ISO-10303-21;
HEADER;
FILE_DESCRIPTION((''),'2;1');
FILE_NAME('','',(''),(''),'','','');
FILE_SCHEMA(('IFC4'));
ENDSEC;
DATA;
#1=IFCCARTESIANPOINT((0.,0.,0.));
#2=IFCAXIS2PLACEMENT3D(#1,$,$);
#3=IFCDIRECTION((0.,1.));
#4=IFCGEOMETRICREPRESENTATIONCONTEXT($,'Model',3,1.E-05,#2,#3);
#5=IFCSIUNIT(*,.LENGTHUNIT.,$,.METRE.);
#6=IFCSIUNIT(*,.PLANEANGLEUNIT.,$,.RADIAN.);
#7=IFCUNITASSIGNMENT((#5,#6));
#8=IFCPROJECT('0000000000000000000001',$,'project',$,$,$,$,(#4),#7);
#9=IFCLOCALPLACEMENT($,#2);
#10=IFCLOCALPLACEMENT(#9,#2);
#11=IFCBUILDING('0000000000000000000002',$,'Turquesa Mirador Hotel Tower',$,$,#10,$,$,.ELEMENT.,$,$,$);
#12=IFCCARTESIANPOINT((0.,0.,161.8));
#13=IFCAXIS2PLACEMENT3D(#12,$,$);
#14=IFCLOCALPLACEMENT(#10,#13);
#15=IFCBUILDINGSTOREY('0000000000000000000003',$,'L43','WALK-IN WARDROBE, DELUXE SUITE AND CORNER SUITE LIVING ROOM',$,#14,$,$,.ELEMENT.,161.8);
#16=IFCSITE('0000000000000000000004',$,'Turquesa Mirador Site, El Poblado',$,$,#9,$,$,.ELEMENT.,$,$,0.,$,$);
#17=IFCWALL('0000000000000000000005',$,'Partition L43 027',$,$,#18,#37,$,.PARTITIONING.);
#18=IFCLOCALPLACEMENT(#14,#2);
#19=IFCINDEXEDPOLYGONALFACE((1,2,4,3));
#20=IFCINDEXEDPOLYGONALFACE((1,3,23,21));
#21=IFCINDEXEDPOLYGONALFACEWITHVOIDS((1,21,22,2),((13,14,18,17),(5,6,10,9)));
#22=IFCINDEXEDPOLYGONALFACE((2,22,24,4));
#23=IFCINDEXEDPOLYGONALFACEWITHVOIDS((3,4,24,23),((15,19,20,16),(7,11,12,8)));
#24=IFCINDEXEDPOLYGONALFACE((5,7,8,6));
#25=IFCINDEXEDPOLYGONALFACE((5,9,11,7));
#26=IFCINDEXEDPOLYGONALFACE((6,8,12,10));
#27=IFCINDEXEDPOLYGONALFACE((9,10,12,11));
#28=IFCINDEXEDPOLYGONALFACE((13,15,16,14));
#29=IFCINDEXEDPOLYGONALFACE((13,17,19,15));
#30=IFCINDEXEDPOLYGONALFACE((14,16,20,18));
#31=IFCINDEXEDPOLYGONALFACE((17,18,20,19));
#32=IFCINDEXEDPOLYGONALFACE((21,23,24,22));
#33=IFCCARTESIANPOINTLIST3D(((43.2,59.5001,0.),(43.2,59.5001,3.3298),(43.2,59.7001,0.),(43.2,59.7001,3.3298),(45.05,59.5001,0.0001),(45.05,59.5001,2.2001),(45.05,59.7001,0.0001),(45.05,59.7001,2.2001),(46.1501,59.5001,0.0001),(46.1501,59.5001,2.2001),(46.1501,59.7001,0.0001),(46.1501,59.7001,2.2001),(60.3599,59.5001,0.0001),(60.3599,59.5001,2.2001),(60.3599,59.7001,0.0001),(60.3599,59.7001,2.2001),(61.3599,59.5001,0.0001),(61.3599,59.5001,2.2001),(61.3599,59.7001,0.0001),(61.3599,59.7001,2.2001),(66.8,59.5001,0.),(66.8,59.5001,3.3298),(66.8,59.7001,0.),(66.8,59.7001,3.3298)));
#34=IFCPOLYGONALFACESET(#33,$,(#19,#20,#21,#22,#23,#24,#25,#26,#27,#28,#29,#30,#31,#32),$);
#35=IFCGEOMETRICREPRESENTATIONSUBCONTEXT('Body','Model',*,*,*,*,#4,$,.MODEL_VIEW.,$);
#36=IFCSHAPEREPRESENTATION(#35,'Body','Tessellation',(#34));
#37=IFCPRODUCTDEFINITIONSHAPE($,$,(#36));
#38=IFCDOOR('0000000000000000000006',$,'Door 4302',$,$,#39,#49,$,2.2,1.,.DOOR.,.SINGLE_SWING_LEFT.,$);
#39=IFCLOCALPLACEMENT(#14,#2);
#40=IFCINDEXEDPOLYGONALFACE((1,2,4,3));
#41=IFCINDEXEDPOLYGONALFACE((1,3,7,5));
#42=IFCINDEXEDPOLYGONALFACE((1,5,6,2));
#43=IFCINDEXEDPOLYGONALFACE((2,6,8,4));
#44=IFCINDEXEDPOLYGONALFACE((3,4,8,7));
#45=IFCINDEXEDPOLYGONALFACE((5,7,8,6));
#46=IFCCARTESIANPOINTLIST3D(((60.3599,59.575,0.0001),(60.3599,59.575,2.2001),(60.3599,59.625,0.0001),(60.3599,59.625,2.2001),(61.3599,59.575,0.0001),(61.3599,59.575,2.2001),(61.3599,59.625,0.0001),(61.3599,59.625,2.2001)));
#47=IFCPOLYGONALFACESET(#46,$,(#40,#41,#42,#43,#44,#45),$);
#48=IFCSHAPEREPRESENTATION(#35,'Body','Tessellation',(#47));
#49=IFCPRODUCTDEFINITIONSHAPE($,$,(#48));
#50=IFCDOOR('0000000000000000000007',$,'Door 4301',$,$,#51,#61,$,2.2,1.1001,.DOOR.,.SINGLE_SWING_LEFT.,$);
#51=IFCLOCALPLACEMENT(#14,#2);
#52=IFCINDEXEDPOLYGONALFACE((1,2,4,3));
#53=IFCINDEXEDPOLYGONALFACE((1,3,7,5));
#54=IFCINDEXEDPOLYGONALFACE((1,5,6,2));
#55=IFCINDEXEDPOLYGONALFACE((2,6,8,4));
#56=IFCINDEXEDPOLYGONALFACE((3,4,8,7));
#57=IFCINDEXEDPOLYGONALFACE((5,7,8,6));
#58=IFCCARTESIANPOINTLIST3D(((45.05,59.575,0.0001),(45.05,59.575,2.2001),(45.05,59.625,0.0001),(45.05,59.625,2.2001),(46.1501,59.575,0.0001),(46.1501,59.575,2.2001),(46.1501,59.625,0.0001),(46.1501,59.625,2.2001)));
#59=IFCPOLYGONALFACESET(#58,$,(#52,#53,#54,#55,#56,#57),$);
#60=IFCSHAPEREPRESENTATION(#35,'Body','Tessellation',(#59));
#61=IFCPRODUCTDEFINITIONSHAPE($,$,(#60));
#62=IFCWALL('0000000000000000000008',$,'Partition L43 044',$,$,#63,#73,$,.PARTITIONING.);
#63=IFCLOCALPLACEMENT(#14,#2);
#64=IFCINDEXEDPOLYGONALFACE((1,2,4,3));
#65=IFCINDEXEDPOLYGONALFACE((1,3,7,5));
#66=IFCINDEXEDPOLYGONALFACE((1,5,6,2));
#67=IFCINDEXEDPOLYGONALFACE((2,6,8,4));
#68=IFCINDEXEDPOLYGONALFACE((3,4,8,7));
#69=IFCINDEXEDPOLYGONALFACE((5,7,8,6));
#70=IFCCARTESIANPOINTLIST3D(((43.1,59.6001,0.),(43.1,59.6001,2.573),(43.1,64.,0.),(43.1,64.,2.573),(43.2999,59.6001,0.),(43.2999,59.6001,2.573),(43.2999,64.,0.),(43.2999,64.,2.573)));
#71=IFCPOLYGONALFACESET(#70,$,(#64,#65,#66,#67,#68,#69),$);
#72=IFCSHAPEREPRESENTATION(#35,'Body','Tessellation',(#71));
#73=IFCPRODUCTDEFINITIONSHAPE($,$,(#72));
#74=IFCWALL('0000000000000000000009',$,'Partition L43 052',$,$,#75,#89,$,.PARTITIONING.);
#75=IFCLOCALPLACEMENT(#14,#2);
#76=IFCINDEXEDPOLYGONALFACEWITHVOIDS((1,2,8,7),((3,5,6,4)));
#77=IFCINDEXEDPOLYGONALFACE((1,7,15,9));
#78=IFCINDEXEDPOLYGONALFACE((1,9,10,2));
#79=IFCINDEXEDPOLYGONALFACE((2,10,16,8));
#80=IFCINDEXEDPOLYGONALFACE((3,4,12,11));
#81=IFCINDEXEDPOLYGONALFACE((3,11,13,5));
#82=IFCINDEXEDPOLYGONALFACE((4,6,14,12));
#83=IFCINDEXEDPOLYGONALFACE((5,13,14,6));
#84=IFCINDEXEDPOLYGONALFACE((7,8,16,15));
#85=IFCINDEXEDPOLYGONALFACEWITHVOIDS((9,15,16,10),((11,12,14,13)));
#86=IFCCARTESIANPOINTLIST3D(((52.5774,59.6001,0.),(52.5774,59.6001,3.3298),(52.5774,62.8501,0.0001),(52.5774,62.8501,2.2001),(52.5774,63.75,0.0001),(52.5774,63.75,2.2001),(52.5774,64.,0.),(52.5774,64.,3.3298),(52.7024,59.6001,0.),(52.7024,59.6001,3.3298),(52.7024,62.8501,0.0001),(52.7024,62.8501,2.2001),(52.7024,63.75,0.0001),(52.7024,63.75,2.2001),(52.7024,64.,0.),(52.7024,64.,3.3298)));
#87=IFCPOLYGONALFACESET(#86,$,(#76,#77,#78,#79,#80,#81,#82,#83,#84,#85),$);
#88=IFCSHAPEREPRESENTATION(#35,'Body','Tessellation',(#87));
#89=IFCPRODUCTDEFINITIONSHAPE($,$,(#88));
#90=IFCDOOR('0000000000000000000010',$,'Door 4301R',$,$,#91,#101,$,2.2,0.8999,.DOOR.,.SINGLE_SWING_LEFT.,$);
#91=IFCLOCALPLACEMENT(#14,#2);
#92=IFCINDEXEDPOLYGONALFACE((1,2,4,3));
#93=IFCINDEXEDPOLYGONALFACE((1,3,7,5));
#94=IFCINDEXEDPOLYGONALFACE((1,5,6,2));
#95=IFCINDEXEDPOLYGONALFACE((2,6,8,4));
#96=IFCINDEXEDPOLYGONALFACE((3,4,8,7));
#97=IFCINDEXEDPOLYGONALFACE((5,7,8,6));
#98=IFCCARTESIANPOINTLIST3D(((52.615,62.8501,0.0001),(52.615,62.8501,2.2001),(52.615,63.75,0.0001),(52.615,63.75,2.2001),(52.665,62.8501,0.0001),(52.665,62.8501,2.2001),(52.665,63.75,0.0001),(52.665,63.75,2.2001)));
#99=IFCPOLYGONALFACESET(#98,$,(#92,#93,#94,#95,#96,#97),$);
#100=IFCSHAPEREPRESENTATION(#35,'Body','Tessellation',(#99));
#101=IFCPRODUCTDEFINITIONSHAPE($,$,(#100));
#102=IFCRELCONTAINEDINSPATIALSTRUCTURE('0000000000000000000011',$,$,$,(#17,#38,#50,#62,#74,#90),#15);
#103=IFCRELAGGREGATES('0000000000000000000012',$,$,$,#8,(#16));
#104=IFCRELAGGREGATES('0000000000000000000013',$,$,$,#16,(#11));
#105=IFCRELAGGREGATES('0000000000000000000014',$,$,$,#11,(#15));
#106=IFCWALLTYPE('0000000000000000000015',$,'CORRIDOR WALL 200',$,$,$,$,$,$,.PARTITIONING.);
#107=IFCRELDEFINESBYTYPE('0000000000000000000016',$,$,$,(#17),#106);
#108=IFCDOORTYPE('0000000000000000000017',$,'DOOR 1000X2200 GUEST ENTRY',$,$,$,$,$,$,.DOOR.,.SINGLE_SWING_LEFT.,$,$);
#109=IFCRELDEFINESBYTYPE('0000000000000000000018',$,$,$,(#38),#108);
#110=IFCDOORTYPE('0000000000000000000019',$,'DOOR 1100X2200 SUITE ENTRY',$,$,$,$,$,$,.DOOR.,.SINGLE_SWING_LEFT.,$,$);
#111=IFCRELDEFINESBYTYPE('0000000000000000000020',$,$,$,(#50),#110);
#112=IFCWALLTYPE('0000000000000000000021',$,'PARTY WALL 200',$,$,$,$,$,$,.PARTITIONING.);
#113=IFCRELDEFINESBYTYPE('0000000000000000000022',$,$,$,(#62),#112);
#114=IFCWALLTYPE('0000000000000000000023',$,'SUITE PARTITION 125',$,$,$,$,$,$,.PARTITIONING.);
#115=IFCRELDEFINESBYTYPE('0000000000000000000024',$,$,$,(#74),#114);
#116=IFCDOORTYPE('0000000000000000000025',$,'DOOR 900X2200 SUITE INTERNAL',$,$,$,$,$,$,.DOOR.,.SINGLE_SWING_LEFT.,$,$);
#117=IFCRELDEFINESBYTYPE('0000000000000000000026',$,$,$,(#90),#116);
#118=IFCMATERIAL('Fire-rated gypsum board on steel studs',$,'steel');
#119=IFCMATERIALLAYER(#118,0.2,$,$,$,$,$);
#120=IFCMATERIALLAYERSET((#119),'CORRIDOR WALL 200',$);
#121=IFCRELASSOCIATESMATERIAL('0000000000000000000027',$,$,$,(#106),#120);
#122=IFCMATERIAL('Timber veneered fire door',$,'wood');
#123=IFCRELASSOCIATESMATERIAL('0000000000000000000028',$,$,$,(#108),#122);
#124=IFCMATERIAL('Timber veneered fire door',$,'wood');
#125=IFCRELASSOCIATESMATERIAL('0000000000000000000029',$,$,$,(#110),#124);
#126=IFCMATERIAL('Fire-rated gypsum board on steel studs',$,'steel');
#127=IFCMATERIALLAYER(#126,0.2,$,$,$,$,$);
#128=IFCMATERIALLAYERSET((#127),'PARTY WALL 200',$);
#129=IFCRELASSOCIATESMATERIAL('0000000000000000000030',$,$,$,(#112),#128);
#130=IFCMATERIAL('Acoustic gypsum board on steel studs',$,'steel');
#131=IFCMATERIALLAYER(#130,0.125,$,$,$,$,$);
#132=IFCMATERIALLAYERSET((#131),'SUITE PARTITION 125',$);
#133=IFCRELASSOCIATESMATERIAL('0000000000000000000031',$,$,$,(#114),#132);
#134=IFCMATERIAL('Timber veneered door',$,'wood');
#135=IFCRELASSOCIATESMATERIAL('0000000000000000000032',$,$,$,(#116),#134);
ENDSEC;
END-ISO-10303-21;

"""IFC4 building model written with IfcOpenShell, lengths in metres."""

from ifc_helpers import new_model, si_unit, direction, frame, frame_2d, origin, place, context, subcontext, project, spatial, rectangle, extrude, material, layer, layer_set, type_object, element, fill, save


model = new_model("IFC4")

# Units and contexts
model_context = context("Model", 3, precision=1e-05, world=origin(), true_north=direction((0.0, 1.0)))
body_context = subcontext(model_context, "Body", "Model", "MODEL_VIEW")
ifc_project = project(units=[si_unit("LENGTHUNIT", "METRE"), si_unit("PLANEANGLEUNIT", "RADIAN")], contexts=[model_context])

# Site, building, storey
site_placement = place(None, origin())
site = spatial("IfcSite", under=ifc_project, at=site_placement, Name="Turquesa Mirador Site, El Poblado", CompositionType="ELEMENT", RefElevation=0.0)
building_placement = place(site_placement, origin())
building = spatial("IfcBuilding", under=site, at=building_placement, Name="Turquesa Mirador Hotel Tower", CompositionType="ELEMENT")
storey_placement = place(building_placement, frame((0.0, 0.0, 161.8)))
storey = spatial("IfcBuildingStorey", under=building, at=storey_placement, Name="L43", Description="WALK-IN WARDROBE, DELUXE SUITE AND CORNER SUITE LIVING ROOM", CompositionType="ELEMENT", Elevation=161.8)

# Wall, openings, doors
ifc_material_1 = material(Name="Fire-rated gypsum board on steel studs", Category="steel")
ifc_layer_1 = layer(ifc_material_1, 0.2)
ifc_layer_set_1 = layer_set([ifc_layer_1], Name="CORRIDOR WALL 200")
wall_type_1 = type_object("IfcWallType", Name="CORRIDOR WALL 200", PredefinedType="PARTITIONING", material=ifc_layer_set_1)
wall_1_placement = place(storey_placement, frame((43.2, 59.6001, 0.0), z_axis=(0.0, 0.0, 1.0), x_axis=(1.0, 0.0, 0.0)))
wall_1 = element("IfcWall", 1, at=wall_1_placement, inside=storey, type_object=wall_type_1, Name="Partition L43 027", PredefinedType="PARTITIONING", context=body_context, shape_type="SweptSolid", body=[
    extrude(rectangle(XDim=23.6001, YDim=0.2, at=frame_2d((11.8, 0.0))), origin(), (0.0, 0.0, 1.0), 3.3298),
])
opening_1_placement = place(wall_1_placement, frame((1.8501, 0.0, 0.0)))
opening_1 = element("IfcOpeningElement", 2, at=opening_1_placement, cuts=wall_1, PredefinedType="OPENING", context=body_context, shape_type="SweptSolid", body=[
    extrude(rectangle(XDim=1.1001, YDim=2.2, at=frame_2d((0.55, 1.1001))), frame((0.0, 0.1099, 0.0), z_axis=(0.0, -1.0, 0.0), x_axis=(1.0, 0.0, 0.0)), (0.0, 0.0, 1.0), 0.22),
])
opening_2_placement = place(wall_1_placement, frame((17.1599, 0.0, 0.0)))
opening_2 = element("IfcOpeningElement", 3, at=opening_2_placement, cuts=wall_1, PredefinedType="OPENING", context=body_context, shape_type="SweptSolid", body=[
    extrude(rectangle(XDim=1.0, YDim=2.2, at=frame_2d((0.5, 1.1001))), frame((0.0, 0.1099, 0.0), z_axis=(0.0, -1.0, 0.0), x_axis=(1.0, 0.0, 0.0)), (0.0, 0.0, 1.0), 0.22),
])
ifc_material_2 = material(Name="Timber veneered fire door", Category="wood")
door_type_1 = type_object("IfcDoorType", Name="DOOR 1000X2200 GUEST ENTRY", OperationType="SINGLE_SWING_LEFT", PredefinedType="DOOR", material=ifc_material_2)
door_1_placement = place(opening_2_placement, origin())
door_1 = element("IfcDoor", 4, at=door_1_placement, inside=storey, type_object=door_type_1, Name="Door 4302", OperationType="SINGLE_SWING_LEFT", OverallHeight=2.2, OverallWidth=1.0, PredefinedType="DOOR", context=body_context, shape_type="SweptSolid", body=[
    extrude(rectangle(XDim=1.0, YDim=2.2, at=frame_2d((0.5, 1.1001))), frame((0.0, 0.0249, 0.0), z_axis=(0.0, -1.0, 0.0), x_axis=(1.0, 0.0, 0.0)), (0.0, 0.0, 1.0), 0.05),
])
fill(opening_2, door_1)
ifc_material_3 = material(Name="Timber veneered fire door", Category="wood")
door_type_2 = type_object("IfcDoorType", Name="DOOR 1100X2200 SUITE ENTRY", OperationType="SINGLE_SWING_LEFT", PredefinedType="DOOR", material=ifc_material_3)
door_2_placement = place(opening_1_placement, origin())
door_2 = element("IfcDoor", 5, at=door_2_placement, inside=storey, type_object=door_type_2, Name="Door 4301", OperationType="SINGLE_SWING_LEFT", OverallHeight=2.2, OverallWidth=1.1001, PredefinedType="DOOR", context=body_context, shape_type="SweptSolid", body=[
    extrude(rectangle(XDim=1.1001, YDim=2.2, at=frame_2d((0.55, 1.1001))), frame((0.0, 0.0249, 0.0), z_axis=(0.0, -1.0, 0.0), x_axis=(1.0, 0.0, 0.0)), (0.0, 0.0, 1.0), 0.05),
])
fill(opening_1, door_2)

# Wall
ifc_material_4 = material(Name="Fire-rated gypsum board on steel studs", Category="steel")
ifc_layer_2 = layer(ifc_material_4, 0.2)
ifc_layer_set_2 = layer_set([ifc_layer_2], Name="PARTY WALL 200")
wall_type_2 = type_object("IfcWallType", Name="PARTY WALL 200", PredefinedType="PARTITIONING", material=ifc_layer_set_2)
wall_2_placement = place(storey_placement, frame((43.2, 59.6001, 0.0), z_axis=(0.0, 0.0, 1.0), x_axis=(0.0, 1.0, 0.0)))
element("IfcWall", 6, at=wall_2_placement, inside=storey, type_object=wall_type_2, Name="Partition L43 044", PredefinedType="PARTITIONING", context=body_context, shape_type="SweptSolid", body=[
    extrude(rectangle(XDim=4.3999, YDim=0.2, at=frame_2d((2.2, 0.0))), origin(), (0.0, 0.0, 1.0), 2.573),
])

# Wall, opening, door
ifc_material_5 = material(Name="Acoustic gypsum board on steel studs", Category="steel")
ifc_layer_3 = layer(ifc_material_5, 0.125)
ifc_layer_set_3 = layer_set([ifc_layer_3], Name="SUITE PARTITION 125")
wall_type_3 = type_object("IfcWallType", Name="SUITE PARTITION 125", PredefinedType="PARTITIONING", material=ifc_layer_set_3)
wall_3_placement = place(storey_placement, frame((52.6399, 59.6001, 0.0), z_axis=(0.0, 0.0, 1.0), x_axis=(0.0, 1.0, 0.0)))
wall_3 = element("IfcWall", 7, at=wall_3_placement, inside=storey, type_object=wall_type_3, Name="Partition L43 052", PredefinedType="PARTITIONING", context=body_context, shape_type="SweptSolid", body=[
    extrude(rectangle(XDim=4.3999, YDim=0.125, at=frame_2d((2.2, 0.0))), origin(), (0.0, 0.0, 1.0), 3.3298),
])
opening_3_placement = place(wall_3_placement, frame((3.25, 0.0, 0.0)))
opening_3 = element("IfcOpeningElement", 8, at=opening_3_placement, cuts=wall_3, PredefinedType="OPENING", context=body_context, shape_type="SweptSolid", body=[
    extrude(rectangle(XDim=0.8999, YDim=2.2, at=frame_2d((0.45, 1.1001))), frame((0.0, 0.0725, 0.0), z_axis=(0.0, -1.0, 0.0), x_axis=(1.0, 0.0, 0.0)), (0.0, 0.0, 1.0), 0.145),
])
ifc_material_6 = material(Name="Timber veneered door", Category="wood")
door_type_3 = type_object("IfcDoorType", Name="DOOR 900X2200 SUITE INTERNAL", OperationType="SINGLE_SWING_LEFT", PredefinedType="DOOR", material=ifc_material_6)
door_3_placement = place(opening_3_placement, origin())
door_3 = element("IfcDoor", 9, at=door_3_placement, inside=storey, type_object=door_type_3, Name="Door 4301R", OperationType="SINGLE_SWING_LEFT", OverallHeight=2.2, OverallWidth=0.8999, PredefinedType="DOOR", context=body_context, shape_type="SweptSolid", body=[
    extrude(rectangle(XDim=0.8999, YDim=2.2, at=frame_2d((0.45, 1.1001))), frame((0.0, 0.0249, 0.0), z_axis=(0.0, -1.0, 0.0), x_axis=(1.0, 0.0, 0.0)), (0.0, 0.0, 1.0), 0.05),
])
fill(opening_3, door_3)

save(model, "model.ifc")
